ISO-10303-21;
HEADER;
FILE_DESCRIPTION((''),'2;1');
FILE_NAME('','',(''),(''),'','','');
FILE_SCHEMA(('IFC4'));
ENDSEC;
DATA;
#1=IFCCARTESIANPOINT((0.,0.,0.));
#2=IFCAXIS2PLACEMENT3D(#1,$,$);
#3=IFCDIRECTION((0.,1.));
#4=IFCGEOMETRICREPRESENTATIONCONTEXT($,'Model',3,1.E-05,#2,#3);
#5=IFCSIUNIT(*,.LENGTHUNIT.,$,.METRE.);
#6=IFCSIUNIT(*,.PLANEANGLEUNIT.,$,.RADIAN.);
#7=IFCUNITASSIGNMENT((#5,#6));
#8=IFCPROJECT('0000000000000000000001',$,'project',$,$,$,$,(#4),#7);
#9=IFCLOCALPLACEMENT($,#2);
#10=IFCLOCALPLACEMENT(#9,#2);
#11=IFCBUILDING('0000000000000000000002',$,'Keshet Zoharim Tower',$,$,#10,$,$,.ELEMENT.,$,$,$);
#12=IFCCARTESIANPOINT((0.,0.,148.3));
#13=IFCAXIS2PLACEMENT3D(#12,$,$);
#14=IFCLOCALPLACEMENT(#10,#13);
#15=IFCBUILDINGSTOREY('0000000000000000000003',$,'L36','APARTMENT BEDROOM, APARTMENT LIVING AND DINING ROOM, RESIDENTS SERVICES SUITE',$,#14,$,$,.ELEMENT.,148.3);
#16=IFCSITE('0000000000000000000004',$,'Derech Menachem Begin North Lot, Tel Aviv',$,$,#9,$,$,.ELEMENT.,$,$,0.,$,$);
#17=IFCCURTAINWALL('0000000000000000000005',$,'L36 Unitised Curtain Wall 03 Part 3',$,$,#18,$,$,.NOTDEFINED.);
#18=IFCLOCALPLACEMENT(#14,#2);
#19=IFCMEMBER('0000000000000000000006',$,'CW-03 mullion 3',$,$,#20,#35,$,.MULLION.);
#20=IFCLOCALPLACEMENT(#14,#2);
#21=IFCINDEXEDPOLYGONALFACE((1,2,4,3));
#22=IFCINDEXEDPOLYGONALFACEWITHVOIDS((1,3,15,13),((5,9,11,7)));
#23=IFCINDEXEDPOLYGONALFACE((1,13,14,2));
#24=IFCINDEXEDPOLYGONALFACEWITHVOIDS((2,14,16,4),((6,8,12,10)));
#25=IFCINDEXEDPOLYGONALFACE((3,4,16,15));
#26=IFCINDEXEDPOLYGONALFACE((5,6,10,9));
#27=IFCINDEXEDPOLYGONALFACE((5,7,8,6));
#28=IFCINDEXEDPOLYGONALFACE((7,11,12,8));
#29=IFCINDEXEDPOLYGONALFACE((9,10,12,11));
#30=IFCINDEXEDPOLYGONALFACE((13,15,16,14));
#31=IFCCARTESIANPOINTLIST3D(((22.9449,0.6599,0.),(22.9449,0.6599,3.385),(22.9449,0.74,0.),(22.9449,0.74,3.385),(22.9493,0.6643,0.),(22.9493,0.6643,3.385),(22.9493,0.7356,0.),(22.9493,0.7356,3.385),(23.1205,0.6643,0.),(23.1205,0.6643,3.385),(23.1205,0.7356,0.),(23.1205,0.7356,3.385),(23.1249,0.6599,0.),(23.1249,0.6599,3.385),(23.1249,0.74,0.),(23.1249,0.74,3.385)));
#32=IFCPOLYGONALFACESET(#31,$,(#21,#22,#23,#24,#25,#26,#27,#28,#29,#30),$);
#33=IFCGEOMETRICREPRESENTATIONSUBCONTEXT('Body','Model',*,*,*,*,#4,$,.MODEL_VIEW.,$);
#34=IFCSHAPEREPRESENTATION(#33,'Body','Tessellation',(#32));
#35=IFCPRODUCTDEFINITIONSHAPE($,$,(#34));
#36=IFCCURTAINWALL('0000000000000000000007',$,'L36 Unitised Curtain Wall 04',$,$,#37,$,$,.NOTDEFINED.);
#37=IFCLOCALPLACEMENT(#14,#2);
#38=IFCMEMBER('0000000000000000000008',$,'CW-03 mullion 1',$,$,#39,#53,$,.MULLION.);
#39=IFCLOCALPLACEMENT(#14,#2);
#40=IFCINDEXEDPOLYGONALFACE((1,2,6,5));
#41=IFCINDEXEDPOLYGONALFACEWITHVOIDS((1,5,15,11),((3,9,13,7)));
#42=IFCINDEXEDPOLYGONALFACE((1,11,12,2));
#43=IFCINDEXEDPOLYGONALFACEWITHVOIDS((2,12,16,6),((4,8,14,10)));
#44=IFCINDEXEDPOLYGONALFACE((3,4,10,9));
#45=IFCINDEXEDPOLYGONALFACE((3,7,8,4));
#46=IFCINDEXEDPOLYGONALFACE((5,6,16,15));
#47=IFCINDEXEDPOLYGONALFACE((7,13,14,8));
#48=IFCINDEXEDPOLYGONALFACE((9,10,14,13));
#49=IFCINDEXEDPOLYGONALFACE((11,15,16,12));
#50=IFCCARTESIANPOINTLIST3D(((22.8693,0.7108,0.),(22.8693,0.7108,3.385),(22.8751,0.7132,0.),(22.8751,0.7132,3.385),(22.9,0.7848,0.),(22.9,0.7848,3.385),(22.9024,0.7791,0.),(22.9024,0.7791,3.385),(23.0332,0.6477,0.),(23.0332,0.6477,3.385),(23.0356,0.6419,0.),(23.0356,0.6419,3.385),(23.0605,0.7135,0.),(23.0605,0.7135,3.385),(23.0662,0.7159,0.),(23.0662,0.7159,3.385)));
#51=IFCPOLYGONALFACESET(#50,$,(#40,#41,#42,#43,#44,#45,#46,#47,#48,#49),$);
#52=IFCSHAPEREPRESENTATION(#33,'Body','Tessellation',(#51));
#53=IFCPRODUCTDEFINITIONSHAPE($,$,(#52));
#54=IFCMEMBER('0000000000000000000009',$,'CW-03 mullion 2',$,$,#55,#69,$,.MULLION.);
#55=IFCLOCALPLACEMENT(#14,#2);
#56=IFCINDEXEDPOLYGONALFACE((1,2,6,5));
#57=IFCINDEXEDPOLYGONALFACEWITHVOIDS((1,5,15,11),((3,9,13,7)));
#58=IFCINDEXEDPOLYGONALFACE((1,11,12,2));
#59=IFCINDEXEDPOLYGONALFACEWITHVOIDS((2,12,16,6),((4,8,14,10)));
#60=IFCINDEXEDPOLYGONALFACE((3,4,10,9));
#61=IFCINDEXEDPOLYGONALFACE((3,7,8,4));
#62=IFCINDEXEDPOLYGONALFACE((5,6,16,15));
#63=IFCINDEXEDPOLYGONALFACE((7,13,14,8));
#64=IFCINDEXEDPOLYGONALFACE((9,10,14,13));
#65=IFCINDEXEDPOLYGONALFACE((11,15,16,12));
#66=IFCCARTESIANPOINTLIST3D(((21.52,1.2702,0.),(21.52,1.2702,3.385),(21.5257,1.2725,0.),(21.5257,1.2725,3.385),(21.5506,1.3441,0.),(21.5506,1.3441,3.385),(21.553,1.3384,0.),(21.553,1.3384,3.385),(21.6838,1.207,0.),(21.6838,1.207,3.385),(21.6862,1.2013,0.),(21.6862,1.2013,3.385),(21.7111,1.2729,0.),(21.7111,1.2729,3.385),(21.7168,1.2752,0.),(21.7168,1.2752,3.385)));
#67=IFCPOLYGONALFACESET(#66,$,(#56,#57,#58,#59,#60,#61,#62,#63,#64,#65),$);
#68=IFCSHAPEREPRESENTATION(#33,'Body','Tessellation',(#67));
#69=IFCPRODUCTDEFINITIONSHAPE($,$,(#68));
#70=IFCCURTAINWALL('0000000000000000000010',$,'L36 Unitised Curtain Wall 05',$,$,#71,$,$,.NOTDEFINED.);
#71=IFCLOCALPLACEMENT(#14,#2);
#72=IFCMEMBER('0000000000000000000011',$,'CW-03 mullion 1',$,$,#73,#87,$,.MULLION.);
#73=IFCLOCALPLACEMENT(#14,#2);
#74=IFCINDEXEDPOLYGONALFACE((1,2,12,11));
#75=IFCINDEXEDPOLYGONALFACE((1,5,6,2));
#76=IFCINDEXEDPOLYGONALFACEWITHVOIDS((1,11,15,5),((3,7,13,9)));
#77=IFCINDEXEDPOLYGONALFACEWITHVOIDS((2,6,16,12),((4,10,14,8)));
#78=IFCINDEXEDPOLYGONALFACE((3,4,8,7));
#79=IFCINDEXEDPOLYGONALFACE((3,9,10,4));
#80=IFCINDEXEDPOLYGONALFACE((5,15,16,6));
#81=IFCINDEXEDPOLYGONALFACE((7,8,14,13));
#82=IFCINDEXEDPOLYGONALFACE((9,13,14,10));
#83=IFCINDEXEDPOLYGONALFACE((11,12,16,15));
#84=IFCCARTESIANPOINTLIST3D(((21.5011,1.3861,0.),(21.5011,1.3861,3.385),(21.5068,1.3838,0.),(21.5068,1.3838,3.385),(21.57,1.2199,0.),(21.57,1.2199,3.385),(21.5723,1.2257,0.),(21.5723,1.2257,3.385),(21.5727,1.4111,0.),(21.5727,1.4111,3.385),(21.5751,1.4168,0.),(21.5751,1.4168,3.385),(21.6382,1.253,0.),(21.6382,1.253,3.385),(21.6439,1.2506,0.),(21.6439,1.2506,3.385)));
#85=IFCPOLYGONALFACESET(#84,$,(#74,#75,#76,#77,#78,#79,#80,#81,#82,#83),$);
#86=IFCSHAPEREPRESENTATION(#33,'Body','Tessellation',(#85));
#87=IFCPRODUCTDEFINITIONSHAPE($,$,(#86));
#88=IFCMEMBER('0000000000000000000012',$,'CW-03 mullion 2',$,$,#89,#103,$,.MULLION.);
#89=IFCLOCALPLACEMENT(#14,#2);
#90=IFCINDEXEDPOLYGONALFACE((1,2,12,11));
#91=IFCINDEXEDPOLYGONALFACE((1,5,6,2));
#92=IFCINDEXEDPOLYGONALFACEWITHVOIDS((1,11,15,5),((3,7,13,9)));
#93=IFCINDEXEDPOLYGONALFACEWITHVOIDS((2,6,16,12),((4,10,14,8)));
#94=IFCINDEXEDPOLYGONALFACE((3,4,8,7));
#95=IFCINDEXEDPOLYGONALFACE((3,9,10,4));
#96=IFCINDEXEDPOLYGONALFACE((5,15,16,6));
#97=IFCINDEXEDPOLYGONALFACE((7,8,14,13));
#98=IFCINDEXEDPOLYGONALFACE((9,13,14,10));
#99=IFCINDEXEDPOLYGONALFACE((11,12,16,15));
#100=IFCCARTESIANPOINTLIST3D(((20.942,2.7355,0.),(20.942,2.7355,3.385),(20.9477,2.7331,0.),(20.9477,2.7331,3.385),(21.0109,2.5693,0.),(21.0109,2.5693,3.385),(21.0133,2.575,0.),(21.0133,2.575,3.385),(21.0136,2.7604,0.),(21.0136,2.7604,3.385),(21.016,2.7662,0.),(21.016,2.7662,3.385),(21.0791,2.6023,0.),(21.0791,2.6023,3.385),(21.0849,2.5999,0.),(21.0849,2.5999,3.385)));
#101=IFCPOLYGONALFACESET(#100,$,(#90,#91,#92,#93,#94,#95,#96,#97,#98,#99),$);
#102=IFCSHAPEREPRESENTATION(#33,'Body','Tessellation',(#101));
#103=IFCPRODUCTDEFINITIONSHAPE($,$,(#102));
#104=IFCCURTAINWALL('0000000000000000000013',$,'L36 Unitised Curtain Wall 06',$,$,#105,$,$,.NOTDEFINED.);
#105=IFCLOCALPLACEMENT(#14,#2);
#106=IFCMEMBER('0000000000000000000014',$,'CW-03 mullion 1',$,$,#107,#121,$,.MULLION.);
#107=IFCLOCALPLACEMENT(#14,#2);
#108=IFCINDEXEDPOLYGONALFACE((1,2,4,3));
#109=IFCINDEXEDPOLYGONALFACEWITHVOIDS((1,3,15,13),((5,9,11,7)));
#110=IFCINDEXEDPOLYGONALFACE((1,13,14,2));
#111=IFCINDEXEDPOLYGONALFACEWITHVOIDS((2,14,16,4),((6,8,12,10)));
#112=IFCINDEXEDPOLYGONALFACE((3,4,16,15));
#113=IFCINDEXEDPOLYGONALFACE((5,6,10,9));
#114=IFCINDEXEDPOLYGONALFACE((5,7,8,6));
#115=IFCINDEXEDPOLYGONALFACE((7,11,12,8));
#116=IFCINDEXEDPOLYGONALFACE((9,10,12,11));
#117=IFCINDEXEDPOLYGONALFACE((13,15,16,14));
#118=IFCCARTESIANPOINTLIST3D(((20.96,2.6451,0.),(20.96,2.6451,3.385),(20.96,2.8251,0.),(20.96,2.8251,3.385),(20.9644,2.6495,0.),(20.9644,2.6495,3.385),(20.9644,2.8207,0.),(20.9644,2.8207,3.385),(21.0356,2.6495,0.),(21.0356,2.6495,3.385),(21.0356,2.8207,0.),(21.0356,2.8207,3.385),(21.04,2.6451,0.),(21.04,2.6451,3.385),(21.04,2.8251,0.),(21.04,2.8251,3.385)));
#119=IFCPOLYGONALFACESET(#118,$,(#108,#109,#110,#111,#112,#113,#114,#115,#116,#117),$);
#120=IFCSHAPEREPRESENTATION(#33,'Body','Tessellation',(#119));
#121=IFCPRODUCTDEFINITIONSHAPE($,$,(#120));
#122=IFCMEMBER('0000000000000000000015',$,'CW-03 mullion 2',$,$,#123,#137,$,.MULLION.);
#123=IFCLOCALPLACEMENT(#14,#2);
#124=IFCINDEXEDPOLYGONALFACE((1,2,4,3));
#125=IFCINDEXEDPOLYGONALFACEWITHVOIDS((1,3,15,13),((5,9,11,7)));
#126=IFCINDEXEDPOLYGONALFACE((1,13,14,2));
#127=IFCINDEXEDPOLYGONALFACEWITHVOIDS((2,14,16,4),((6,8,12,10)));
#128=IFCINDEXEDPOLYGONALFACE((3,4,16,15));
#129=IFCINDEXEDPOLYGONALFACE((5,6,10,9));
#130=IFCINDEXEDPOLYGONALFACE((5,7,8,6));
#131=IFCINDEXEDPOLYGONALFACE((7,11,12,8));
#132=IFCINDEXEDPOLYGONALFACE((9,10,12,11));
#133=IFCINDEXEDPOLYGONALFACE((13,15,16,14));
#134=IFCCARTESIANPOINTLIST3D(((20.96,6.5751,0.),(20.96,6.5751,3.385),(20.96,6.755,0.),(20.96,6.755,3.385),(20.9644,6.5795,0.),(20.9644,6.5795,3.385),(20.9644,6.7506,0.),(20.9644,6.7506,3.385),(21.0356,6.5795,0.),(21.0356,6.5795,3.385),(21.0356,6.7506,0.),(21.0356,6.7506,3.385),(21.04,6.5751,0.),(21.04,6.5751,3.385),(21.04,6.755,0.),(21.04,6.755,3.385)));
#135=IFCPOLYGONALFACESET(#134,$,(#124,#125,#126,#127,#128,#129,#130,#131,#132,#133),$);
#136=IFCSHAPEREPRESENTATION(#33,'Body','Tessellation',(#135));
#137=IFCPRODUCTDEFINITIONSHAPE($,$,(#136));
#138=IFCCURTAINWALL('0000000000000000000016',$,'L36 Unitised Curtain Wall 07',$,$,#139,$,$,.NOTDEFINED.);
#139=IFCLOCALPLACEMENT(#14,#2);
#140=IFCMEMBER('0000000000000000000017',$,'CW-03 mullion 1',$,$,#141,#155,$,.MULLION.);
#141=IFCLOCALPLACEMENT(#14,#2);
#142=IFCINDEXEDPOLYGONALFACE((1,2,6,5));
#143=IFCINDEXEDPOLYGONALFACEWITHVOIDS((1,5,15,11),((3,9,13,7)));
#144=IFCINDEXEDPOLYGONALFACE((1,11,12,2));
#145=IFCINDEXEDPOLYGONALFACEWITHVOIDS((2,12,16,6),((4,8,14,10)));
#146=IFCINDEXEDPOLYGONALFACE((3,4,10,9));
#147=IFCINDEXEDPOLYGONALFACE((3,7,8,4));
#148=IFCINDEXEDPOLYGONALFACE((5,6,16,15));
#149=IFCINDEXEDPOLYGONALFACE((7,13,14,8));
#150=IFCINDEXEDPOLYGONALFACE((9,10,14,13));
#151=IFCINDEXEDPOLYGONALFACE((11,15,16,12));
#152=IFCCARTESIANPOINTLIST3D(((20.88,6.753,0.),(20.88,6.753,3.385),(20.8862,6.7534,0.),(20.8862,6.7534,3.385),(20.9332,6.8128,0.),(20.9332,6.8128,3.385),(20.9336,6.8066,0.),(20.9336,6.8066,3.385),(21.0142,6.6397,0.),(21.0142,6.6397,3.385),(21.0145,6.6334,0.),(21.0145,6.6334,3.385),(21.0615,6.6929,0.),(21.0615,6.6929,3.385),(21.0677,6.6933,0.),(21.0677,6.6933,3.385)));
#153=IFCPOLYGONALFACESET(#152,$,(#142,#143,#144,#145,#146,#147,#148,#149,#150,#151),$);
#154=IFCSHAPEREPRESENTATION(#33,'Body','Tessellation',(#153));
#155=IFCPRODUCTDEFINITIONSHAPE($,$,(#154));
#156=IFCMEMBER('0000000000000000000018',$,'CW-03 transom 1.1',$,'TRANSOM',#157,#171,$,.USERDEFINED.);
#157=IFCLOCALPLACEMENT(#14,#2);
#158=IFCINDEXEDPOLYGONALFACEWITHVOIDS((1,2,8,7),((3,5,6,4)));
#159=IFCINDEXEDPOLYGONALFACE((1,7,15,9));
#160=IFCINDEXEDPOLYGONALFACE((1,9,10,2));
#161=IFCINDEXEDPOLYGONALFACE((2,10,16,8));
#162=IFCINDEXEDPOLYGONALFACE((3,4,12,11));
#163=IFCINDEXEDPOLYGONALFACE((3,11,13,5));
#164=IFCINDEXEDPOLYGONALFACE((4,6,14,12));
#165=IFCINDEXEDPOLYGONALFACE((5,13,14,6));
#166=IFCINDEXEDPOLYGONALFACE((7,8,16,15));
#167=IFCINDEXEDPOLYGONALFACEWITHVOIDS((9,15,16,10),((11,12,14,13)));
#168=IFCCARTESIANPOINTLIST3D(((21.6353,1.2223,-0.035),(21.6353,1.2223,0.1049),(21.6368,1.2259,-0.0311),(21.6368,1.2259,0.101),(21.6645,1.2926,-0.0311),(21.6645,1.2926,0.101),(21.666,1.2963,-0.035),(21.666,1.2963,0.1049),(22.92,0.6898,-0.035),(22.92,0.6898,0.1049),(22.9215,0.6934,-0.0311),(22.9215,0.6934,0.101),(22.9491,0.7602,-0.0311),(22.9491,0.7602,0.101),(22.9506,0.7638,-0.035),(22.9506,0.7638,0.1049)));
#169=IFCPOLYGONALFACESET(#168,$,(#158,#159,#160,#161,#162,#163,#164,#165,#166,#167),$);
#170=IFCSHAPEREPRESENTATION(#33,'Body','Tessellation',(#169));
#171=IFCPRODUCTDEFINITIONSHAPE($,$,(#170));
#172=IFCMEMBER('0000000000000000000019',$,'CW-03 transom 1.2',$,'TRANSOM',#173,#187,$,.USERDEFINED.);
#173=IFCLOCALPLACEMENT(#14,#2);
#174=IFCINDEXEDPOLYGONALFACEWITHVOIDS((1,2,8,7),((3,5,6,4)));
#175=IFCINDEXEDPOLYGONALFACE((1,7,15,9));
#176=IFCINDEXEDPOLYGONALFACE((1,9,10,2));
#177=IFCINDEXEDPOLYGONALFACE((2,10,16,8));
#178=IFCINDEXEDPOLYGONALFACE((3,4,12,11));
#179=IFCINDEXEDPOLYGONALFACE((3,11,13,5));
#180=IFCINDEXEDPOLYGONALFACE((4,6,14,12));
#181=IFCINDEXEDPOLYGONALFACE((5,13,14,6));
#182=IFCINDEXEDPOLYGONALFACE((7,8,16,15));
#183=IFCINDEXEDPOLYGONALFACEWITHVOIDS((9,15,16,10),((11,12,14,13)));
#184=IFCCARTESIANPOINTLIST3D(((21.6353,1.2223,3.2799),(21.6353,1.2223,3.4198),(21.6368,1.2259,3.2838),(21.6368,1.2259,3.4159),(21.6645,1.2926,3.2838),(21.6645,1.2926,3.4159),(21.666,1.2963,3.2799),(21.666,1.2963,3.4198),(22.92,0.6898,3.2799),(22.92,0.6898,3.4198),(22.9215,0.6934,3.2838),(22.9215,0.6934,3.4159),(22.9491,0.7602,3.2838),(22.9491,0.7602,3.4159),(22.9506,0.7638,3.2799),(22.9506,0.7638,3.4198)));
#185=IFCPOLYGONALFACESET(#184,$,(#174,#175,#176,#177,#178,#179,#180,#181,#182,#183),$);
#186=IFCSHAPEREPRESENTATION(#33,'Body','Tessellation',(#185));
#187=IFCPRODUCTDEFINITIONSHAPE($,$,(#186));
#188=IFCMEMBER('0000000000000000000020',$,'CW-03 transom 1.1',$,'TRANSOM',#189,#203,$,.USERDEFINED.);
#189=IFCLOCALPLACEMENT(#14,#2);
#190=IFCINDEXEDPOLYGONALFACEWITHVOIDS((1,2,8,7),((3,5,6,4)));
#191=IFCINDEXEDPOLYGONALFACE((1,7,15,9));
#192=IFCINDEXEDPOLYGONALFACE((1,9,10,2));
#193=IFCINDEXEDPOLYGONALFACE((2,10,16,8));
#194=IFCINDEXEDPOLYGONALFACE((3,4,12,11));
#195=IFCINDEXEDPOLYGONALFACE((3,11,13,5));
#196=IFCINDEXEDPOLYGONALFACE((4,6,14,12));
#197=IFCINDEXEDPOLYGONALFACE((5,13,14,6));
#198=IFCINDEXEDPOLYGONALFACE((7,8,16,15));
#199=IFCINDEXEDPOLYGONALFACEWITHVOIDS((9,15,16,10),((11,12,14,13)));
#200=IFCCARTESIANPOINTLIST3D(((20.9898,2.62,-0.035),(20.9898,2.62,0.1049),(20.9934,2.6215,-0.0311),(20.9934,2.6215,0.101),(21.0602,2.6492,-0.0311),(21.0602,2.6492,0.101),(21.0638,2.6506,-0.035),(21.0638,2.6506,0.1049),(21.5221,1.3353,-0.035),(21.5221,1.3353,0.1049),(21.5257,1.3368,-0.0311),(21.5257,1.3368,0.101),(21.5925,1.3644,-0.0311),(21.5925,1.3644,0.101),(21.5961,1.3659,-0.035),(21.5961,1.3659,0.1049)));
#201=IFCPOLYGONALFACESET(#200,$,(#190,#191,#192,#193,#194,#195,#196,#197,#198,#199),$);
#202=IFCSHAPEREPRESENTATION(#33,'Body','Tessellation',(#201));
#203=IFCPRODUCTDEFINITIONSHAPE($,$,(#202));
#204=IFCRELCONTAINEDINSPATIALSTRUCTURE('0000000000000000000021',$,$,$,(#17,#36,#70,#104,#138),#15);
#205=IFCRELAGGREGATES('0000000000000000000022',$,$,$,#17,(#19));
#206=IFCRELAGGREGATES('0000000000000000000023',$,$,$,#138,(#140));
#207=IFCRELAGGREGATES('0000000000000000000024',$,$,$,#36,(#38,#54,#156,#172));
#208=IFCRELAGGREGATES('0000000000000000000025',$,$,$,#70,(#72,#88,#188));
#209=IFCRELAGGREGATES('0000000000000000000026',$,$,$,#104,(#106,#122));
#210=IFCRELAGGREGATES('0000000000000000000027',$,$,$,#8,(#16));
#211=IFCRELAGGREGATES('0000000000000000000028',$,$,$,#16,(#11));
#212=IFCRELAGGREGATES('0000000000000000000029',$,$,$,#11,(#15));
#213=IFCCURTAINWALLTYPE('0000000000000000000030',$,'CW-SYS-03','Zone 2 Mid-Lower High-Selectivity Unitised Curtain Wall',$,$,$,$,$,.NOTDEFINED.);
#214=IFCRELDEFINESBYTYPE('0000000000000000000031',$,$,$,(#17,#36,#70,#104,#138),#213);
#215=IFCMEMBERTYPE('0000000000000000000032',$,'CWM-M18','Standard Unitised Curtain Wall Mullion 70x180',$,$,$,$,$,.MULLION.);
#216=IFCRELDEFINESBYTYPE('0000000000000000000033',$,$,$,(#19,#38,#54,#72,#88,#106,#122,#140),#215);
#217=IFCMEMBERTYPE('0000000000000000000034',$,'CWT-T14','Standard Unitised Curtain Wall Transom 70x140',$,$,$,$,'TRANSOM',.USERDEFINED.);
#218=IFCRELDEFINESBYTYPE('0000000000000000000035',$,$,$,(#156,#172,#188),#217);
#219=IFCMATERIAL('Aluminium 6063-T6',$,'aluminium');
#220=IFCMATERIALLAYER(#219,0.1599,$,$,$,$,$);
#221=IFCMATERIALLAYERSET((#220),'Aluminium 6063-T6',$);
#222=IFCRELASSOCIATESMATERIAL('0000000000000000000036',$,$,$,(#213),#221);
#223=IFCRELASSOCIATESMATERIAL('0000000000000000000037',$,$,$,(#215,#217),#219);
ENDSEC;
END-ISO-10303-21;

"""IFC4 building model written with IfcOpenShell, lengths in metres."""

from ifc_helpers import new_model, si_unit, direction, frame, origin, origin_2d, place, context, subcontext, project, spatial, hollow_rectangle, extrude, material, layer, layer_set, material_profile, profile_set, type_object, element, aggregate, save


model = new_model("IFC4")

# Units and contexts
model_context = context("Model", 3, precision=1e-05, world=origin(), true_north=direction((0.0, 1.0)))
body_context = subcontext(model_context, "Body", "Model", "MODEL_VIEW")
ifc_project = project(units=[si_unit("LENGTHUNIT", "METRE"), si_unit("PLANEANGLEUNIT", "RADIAN")], contexts=[model_context])

# Site, building, storey
site_placement = place(None, origin())
site = spatial("IfcSite", under=ifc_project, at=site_placement, Name="Derech Menachem Begin North Lot, Tel Aviv", CompositionType="ELEMENT", RefElevation=0.0)
building_placement = place(site_placement, origin())
building = spatial("IfcBuilding", under=site, at=building_placement, Name="Keshet Zoharim Tower", CompositionType="ELEMENT")
storey_placement = place(building_placement, frame((0.0, 0.0, 148.3)))
storey = spatial("IfcBuildingStorey", under=building, at=storey_placement, Name="L36", Description="APARTMENT BEDROOM, APARTMENT LIVING AND DINING ROOM, RESIDENTS SERVICES SUITE", CompositionType="ELEMENT", Elevation=148.3)

# Curtain wall, member
ifc_material_1 = material(Name="Aluminium 6063-T6", Category="aluminium")
ifc_layer_1 = layer(ifc_material_1, 0.1599)
ifc_layer_set_1 = layer_set([ifc_layer_1], Name="Aluminium 6063-T6")
curtain_wall_type = type_object("IfcCurtainWallType", Name="CW-SYS-03", Description="Zone 2 Mid-Lower High-Selectivity Unitised Curtain Wall", PredefinedType="NOTDEFINED", material=ifc_layer_set_1)
curtain_wall_1_placement = place(storey_placement, origin())
curtain_wall_1 = element("IfcCurtainWall", 1, at=curtain_wall_1_placement, inside=storey, type_object=curtain_wall_type, Name="L36 Unitised Curtain Wall 03 Part 3", PredefinedType="NOTDEFINED")
ifc_material_profile_1 = material_profile(ifc_material_1, hollow_rectangle(XDim=0.0801, YDim=0.1799, WallThickness=0.0044, at=origin_2d()), Name="MUL-80x180")
ifc_profile_set_1 = profile_set([ifc_material_profile_1], Name="Aluminium 6063-T6")
member_type_1 = type_object("IfcMemberType", Name="CWM-M18", Description="Standard Unitised Curtain Wall Mullion 70x180", PredefinedType="MULLION", material=ifc_profile_set_1)
member_1_placement = place(storey_placement, frame((23.0349, 0.7, 0.0), z_axis=(0.0, 0.0, 1.0), x_axis=(0.0, -1.0, 0.0)))
member_1 = element("IfcMember", 2, at=member_1_placement, type_object=member_type_1, Name="CW-03 mullion 3", PredefinedType="MULLION", context=body_context, shape_type="SweptSolid", body=[
    extrude(hollow_rectangle(XDim=0.0801, YDim=0.1799, WallThickness=0.0044, at=origin_2d()), origin(), (0.0, 0.0, 1.0), 3.385),
])
aggregate(curtain_wall_1, [member_1])

# Curtain walls, members
curtain_wall_2_placement = place(storey_placement, origin())
curtain_wall_2 = element("IfcCurtainWall", 3, at=curtain_wall_2_placement, inside=storey, type_object=curtain_wall_type, Name="L36 Unitised Curtain Wall 04", PredefinedType="NOTDEFINED")
member_2_placement = place(storey_placement, frame((22.9678, 0.7134, 0.0), z_axis=(0.0, 0.0, 1.0), x_axis=(-0.382852, -0.92381, 0.0)))
member_2 = element("IfcMember", 4, at=member_2_placement, type_object=member_type_1, Name="CW-03 mullion 1", PredefinedType="MULLION", context=body_context, shape_type="SweptSolid", body=[
    extrude(hollow_rectangle(XDim=0.0801, YDim=0.1799, WallThickness=0.0044, at=origin_2d()), origin(), (0.0, 0.0, 1.0), 3.385),
])
member_3_placement = place(storey_placement, frame((21.6184, 1.2727, 0.0), z_axis=(0.0, 0.0, 1.0), x_axis=(-0.382852, -0.92381, 0.0)))
member_3 = element("IfcMember", 5, at=member_3_placement, type_object=member_type_1, Name="CW-03 mullion 2", PredefinedType="MULLION", context=body_context, shape_type="SweptSolid", body=[
    extrude(hollow_rectangle(XDim=0.0801, YDim=0.1799, WallThickness=0.0044, at=origin_2d()), origin(), (0.0, 0.0, 1.0), 3.385),
])
curtain_wall_3_placement = place(storey_placement, origin())
curtain_wall_3 = element("IfcCurtainWall", 6, at=curtain_wall_3_placement, inside=storey, type_object=curtain_wall_type, Name="L36 Unitised Curtain Wall 05", PredefinedType="NOTDEFINED")
member_4_placement = place(storey_placement, frame((21.5725, 1.3184, 0.0), z_axis=(0.0, 0.0, 1.0), x_axis=(-0.92381, -0.382852, 0.0)))
member_4 = element("IfcMember", 7, at=member_4_placement, type_object=member_type_1, Name="CW-03 mullion 1", PredefinedType="MULLION", context=body_context, shape_type="SweptSolid", body=[
    extrude(hollow_rectangle(XDim=0.0801, YDim=0.1799, WallThickness=0.0044, at=origin_2d()), origin(), (0.0, 0.0, 1.0), 3.385),
])
member_5_placement = place(storey_placement, frame((21.0134, 2.6677, 0.0), z_axis=(0.0, 0.0, 1.0), x_axis=(-0.92381, -0.382852, 0.0)))
member_5 = element("IfcMember", 8, at=member_5_placement, type_object=member_type_1, Name="CW-03 mullion 2", PredefinedType="MULLION", context=body_context, shape_type="SweptSolid", body=[
    extrude(hollow_rectangle(XDim=0.0801, YDim=0.1799, WallThickness=0.0044, at=origin_2d()), origin(), (0.0, 0.0, 1.0), 3.385),
])
curtain_wall_4_placement = place(storey_placement, origin())
curtain_wall_4 = element("IfcCurtainWall", 9, at=curtain_wall_4_placement, inside=storey, type_object=curtain_wall_type, Name="L36 Unitised Curtain Wall 06", PredefinedType="NOTDEFINED")
member_6_placement = place(storey_placement, frame((21.0, 2.7351, 0.0), z_axis=(0.0, 0.0, 1.0), x_axis=(-1.0, 0.0, 0.0)))
member_6 = element("IfcMember", 10, at=member_6_placement, type_object=member_type_1, Name="CW-03 mullion 1", PredefinedType="MULLION", context=body_context, shape_type="SweptSolid", body=[
    extrude(hollow_rectangle(XDim=0.0801, YDim=0.1799, WallThickness=0.0044, at=origin_2d()), origin(), (0.0, 0.0, 1.0), 3.385),
])
member_7_placement = place(storey_placement, frame((21.0, 6.665, 0.0), z_axis=(0.0, 0.0, 1.0), x_axis=(-1.0, 0.0, 0.0)))
member_7 = element("IfcMember", 11, at=member_7_placement, type_object=member_type_1, Name="CW-03 mullion 2", PredefinedType="MULLION", context=body_context, shape_type="SweptSolid", body=[
    extrude(hollow_rectangle(XDim=0.0801, YDim=0.1799, WallThickness=0.0044, at=origin_2d()), origin(), (0.0, 0.0, 1.0), 3.385),
])

# Curtain wall, member
curtain_wall_5_placement = place(storey_placement, origin())
curtain_wall_5 = element("IfcCurtainWall", 12, at=curtain_wall_5_placement, inside=storey, type_object=curtain_wall_type, Name="L36 Unitised Curtain Wall 07", PredefinedType="NOTDEFINED")
member_8_placement = place(storey_placement, frame((20.9739, 6.7231, 0.0), z_axis=(0.0, 0.0, 1.0), x_axis=(-0.664367, -0.747406, 0.0)))
member_8 = element("IfcMember", 13, at=member_8_placement, type_object=member_type_1, Name="CW-03 mullion 1", PredefinedType="MULLION", context=body_context, shape_type="SweptSolid", body=[
    extrude(hollow_rectangle(XDim=0.0801, YDim=0.1799, WallThickness=0.0044, at=origin_2d()), origin(), (0.0, 0.0, 1.0), 3.385),
])

# Members
ifc_material_profile_2 = material_profile(ifc_material_1, hollow_rectangle(XDim=0.0801, YDim=0.1399, WallThickness=0.0039, at=origin_2d()), Name="TRN-80x140")
ifc_profile_set_2 = profile_set([ifc_material_profile_2], Name="Aluminium 6063-T6")
member_type_2 = type_object("IfcMemberType", Name="CWT-T14", Description="Standard Unitised Curtain Wall Transom 70x140", ElementType="TRANSOM", PredefinedType="USERDEFINED", material=ifc_profile_set_2)
member_9_placement = place(storey_placement, frame((22.9353, 0.7268, 0.0349), z_axis=(-0.923792, 0.382894, 0.0), x_axis=(-0.382894, -0.923792, 0.0)))
member_9 = element("IfcMember", 14, at=member_9_placement, type_object=member_type_2, Name="CW-03 transom 1.1", ObjectType="TRANSOM", PredefinedType="USERDEFINED", context=body_context, shape_type="SweptSolid", body=[
    extrude(hollow_rectangle(XDim=0.0801, YDim=0.1399, WallThickness=0.0039, at=origin_2d()), origin(), (0.0, 0.0, 1.0), 1.3906),
])
member_10_placement = place(storey_placement, frame((22.9353, 0.7268, 3.3499), z_axis=(-0.923792, 0.382894, 0.0), x_axis=(-0.382894, -0.923792, 0.0)))
member_10 = element("IfcMember", 15, at=member_10_placement, type_object=member_type_2, Name="CW-03 transom 1.2", ObjectType="TRANSOM", PredefinedType="USERDEFINED", context=body_context, shape_type="SweptSolid", body=[
    extrude(hollow_rectangle(XDim=0.0801, YDim=0.1399, WallThickness=0.0039, at=origin_2d()), origin(), (0.0, 0.0, 1.0), 1.3906),
])
member_11_placement = place(storey_placement, frame((21.5591, 1.3506, 0.0349), z_axis=(-0.382745, 0.923854, 0.0), x_axis=(-0.923854, -0.382745, 0.0)))
member_11 = element("IfcMember", 16, at=member_11_placement, type_object=member_type_2, Name="CW-03 transom 1.1", ObjectType="TRANSOM", PredefinedType="USERDEFINED", context=body_context, shape_type="SweptSolid", body=[
    extrude(hollow_rectangle(XDim=0.0801, YDim=0.1399, WallThickness=0.0039, at=origin_2d()), origin(), (0.0, 0.0, 1.0), 1.3906),
])
aggregate(curtain_wall_5, [member_8])

aggregate(curtain_wall_2, [member_2, member_3, member_9, member_10])
aggregate(curtain_wall_3, [member_4, member_5, member_11])
aggregate(curtain_wall_4, [member_6, member_7])

save(model, "model.ifc")
